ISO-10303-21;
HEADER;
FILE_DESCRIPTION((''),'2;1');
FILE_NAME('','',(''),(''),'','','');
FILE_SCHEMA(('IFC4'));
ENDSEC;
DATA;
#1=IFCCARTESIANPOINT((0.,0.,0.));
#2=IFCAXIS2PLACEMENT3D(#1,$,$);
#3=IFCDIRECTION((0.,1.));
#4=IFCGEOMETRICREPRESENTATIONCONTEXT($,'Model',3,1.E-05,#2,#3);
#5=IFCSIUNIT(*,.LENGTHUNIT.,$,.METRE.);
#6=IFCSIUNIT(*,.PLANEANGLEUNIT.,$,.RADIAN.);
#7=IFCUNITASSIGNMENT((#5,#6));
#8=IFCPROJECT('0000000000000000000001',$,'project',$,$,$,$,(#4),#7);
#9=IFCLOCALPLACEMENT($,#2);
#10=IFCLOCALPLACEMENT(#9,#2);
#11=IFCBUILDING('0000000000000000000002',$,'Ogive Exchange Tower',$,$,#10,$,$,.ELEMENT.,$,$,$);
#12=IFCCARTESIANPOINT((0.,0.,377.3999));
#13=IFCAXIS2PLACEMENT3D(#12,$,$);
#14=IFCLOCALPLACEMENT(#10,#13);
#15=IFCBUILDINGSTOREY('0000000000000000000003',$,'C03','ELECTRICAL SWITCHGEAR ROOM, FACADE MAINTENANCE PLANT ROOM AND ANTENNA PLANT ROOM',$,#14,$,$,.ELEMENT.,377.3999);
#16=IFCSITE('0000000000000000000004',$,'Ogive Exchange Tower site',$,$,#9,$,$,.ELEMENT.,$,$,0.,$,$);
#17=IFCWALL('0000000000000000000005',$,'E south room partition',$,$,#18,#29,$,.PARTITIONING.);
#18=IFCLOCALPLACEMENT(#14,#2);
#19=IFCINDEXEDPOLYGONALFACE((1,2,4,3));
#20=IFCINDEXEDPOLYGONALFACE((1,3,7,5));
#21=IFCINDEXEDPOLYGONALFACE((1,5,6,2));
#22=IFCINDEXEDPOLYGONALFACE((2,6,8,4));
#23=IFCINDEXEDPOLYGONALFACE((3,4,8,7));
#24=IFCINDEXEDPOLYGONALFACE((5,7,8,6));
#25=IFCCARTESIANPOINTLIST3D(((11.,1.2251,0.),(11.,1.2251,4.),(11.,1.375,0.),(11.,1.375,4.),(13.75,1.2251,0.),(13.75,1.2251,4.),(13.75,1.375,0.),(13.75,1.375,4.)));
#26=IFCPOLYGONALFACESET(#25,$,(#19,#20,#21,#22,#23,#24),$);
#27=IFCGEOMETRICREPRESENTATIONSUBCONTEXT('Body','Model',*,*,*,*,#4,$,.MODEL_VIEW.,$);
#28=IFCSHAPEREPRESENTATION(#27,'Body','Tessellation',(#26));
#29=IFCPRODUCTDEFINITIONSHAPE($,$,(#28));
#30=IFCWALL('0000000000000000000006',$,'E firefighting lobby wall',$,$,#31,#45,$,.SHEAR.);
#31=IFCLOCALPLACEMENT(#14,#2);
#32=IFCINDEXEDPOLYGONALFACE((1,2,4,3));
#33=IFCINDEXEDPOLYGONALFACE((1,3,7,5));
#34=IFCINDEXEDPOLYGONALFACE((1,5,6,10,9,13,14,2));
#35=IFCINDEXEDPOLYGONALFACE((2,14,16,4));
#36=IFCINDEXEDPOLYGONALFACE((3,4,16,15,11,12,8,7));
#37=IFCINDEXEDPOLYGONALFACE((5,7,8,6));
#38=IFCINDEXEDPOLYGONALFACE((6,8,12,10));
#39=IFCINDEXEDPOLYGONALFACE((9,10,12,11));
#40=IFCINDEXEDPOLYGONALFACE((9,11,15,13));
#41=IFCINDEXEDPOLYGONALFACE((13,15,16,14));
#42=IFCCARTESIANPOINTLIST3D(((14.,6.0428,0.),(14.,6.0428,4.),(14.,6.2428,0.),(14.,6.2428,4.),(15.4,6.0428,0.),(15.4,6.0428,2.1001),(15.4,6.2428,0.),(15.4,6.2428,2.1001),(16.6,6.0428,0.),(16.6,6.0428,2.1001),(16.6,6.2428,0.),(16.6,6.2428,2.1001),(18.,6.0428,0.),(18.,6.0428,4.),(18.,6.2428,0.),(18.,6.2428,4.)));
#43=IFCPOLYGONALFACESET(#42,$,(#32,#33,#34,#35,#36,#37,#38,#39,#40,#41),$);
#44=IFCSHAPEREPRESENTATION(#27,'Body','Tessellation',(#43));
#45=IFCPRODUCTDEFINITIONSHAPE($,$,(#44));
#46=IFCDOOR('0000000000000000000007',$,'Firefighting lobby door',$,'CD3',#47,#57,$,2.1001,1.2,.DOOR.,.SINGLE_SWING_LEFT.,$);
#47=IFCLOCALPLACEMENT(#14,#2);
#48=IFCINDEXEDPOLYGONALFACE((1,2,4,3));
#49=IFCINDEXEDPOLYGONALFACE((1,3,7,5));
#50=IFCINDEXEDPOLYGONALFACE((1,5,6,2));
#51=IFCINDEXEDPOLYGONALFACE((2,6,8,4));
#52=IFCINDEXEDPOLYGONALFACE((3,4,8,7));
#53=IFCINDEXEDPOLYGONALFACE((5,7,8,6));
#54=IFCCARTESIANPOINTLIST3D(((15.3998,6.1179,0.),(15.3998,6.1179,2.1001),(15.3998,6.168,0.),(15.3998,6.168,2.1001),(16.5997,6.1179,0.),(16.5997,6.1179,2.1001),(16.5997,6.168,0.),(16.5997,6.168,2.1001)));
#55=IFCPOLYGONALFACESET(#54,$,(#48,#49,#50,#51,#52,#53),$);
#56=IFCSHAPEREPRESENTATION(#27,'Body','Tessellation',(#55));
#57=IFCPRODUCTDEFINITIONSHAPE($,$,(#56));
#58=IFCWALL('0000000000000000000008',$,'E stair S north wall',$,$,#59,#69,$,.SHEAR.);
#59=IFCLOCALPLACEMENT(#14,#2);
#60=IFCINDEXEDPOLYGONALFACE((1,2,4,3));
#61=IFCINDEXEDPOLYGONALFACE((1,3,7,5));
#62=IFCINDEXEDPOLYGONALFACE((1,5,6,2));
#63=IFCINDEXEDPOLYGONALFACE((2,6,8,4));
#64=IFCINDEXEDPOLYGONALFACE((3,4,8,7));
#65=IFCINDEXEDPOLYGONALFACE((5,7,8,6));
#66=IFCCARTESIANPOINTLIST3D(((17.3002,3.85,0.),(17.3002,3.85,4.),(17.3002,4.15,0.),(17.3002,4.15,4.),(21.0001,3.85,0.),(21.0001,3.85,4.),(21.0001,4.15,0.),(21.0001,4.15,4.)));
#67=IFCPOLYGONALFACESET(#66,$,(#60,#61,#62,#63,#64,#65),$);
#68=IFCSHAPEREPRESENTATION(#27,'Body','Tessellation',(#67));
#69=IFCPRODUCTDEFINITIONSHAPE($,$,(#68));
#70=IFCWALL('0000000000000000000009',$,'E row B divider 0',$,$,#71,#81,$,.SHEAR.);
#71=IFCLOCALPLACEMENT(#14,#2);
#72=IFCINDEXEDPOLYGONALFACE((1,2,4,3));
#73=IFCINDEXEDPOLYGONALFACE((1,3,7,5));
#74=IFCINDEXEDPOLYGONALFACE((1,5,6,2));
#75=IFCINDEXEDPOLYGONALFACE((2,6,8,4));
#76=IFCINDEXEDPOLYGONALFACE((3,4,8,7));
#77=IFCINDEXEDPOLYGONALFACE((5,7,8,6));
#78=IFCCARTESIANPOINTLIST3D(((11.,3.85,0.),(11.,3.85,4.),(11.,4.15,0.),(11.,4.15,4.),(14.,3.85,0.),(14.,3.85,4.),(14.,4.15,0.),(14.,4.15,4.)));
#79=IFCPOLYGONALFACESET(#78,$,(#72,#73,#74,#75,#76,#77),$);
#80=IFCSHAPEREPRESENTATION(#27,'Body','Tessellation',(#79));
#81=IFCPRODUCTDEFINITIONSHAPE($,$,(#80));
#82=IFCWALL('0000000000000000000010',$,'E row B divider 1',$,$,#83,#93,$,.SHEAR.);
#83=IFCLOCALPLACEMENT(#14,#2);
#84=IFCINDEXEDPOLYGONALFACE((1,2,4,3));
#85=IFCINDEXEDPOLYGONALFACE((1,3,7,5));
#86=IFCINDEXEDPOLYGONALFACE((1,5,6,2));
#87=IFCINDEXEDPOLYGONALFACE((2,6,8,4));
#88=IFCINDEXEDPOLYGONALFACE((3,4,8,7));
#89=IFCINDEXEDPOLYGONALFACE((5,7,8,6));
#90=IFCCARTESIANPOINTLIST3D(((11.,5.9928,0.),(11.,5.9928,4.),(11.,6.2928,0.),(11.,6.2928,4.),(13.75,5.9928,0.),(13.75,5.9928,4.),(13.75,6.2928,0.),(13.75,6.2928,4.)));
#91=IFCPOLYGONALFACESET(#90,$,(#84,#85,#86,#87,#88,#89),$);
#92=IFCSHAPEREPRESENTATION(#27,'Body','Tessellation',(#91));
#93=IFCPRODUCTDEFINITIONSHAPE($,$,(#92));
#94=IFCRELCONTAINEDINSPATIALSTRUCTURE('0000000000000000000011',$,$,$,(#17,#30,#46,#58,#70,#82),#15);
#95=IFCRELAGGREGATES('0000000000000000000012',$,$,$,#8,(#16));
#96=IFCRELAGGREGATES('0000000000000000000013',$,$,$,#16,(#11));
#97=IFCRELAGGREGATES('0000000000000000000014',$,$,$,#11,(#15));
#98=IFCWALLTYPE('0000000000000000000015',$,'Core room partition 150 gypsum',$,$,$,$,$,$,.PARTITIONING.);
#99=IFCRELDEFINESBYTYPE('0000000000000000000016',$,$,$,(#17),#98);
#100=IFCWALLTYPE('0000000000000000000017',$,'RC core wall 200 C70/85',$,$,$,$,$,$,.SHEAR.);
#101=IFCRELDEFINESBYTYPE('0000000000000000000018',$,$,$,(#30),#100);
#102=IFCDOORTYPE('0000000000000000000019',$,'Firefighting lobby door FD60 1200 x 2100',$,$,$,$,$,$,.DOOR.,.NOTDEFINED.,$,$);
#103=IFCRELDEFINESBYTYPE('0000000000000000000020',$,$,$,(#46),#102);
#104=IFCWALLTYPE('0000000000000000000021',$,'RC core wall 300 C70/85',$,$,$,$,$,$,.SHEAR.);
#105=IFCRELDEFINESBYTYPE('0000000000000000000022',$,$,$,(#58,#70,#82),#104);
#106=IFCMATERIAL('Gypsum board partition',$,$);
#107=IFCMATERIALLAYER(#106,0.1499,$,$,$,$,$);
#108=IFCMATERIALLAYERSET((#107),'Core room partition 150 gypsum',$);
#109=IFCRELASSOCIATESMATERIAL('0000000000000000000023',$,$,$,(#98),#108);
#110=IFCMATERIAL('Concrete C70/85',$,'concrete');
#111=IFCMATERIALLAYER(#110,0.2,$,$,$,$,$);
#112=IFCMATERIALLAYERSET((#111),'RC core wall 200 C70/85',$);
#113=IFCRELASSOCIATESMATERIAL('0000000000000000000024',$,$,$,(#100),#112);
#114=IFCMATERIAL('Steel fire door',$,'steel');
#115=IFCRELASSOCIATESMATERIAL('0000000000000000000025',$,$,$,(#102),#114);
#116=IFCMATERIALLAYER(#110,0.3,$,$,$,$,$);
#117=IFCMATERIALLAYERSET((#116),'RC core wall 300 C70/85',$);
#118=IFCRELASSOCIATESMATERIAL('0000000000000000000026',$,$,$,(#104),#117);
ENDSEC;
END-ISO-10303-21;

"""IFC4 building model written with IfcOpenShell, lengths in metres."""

from ifc_helpers import new_model, si_unit, direction, frame, frame_2d, origin, place, context, subcontext, project, spatial, rectangle, extrude, material, layer, layer_set, type_object, element, fill, save


model = new_model("IFC4")

# Units and contexts
model_context = context("Model", 3, precision=1e-05, world=origin(), true_north=direction((0.0, 1.0)))
body_context = subcontext(model_context, "Body", "Model", "MODEL_VIEW")
ifc_project = project(units=[si_unit("LENGTHUNIT", "METRE"), si_unit("PLANEANGLEUNIT", "RADIAN")], contexts=[model_context])

# Site, building, storey
site_placement = place(None, origin())
site = spatial("IfcSite", under=ifc_project, at=site_placement, Name="Ogive Exchange Tower site", CompositionType="ELEMENT", RefElevation=0.0)
building_placement = place(site_placement, origin())
building = spatial("IfcBuilding", under=site, at=building_placement, Name="Ogive Exchange Tower", CompositionType="ELEMENT")
storey_placement = place(building_placement, frame((0.0, 0.0, 377.3999)))
storey = spatial("IfcBuildingStorey", under=building, at=storey_placement, Name="C03", Description="ELECTRICAL SWITCHGEAR ROOM, FACADE MAINTENANCE PLANT ROOM AND ANTENNA PLANT ROOM", CompositionType="ELEMENT", Elevation=377.3999)

# Shared definitions
ifc_material_1 = material(Name="Concrete C70/85", Category="concrete")

# Wall
ifc_material_2 = material(Name="Gypsum board partition")
ifc_layer_1 = layer(ifc_material_2, 0.1499)
ifc_layer_set_1 = layer_set([ifc_layer_1], Name="Core room partition 150 gypsum")
wall_type_1 = type_object("IfcWallType", Name="Core room partition 150 gypsum", PredefinedType="PARTITIONING", material=ifc_layer_set_1)
for number, where, z_axis, x_axis, name in (
    (1, (11.0, 1.3, 0.0), (0.0, 0.0, 1.0), (1.0, 0.0, 0.0), "E south room partition"),
):
    element("IfcWall", number, at=place(storey_placement, frame(where, z_axis=z_axis, x_axis=x_axis)), inside=storey, type_object=wall_type_1, Name=name, PredefinedType="PARTITIONING", context=body_context, shape_type="SweptSolid", body=[
        extrude(rectangle(XDim=2.75, YDim=0.1499, at=frame_2d((1.375, 0.0))), origin(), (0.0, 0.0, 1.0), 4.0),
    ])

# Wall, opening, door
ifc_layer_2 = layer(ifc_material_1, 0.2)
ifc_layer_set_2 = layer_set([ifc_layer_2], Name="RC core wall 200 C70/85")
wall_type_2 = type_object("IfcWallType", Name="RC core wall 200 C70/85", PredefinedType="SHEAR", material=ifc_layer_set_2)
wall_1_placement = place(storey_placement, frame((14.0, 6.1428, 0.0), z_axis=(0.0, 0.0, 1.0), x_axis=(1.0, 0.0, 0.0)))
wall_1 = element("IfcWall", 2, at=wall_1_placement, inside=storey, type_object=wall_type_2, Name="E firefighting lobby wall", PredefinedType="SHEAR", context=body_context, shape_type="SweptSolid", body=[
    extrude(rectangle(XDim=4.0, YDim=0.2, at=frame_2d((2.0, 0.0))), origin(), (0.0, 0.0, 1.0), 4.0),
])
opening_placement = place(wall_1_placement, frame((1.3999, 0.0, 0.0)))
opening = element("IfcOpeningElement", 3, at=opening_placement, cuts=wall_1, PredefinedType="OPENING", context=body_context, shape_type="SweptSolid", body=[
    extrude(rectangle(XDim=1.2, YDim=2.1001, at=frame_2d((0.6001, 1.05))), frame((0.0, 0.1099, 0.0), z_axis=(0.0, -1.0, 0.0), x_axis=(1.0, 0.0, 0.0)), (0.0, 0.0, 1.0), 0.22),
])
ifc_material_3 = material(Name="Steel fire door", Category="steel")
door_type = type_object("IfcDoorType", Name="Firefighting lobby door FD60 1200 x 2100", OperationType="NOTDEFINED", PredefinedType="DOOR", material=ifc_material_3)
door_placement = place(opening_placement, frame((1.2, 0.0, 0.0), z_axis=(0.0, 0.0, 1.0), x_axis=(-1.0, 0.0, 0.0)))
door = element("IfcDoor", 4, at=door_placement, inside=storey, type_object=door_type, Name="Firefighting lobby door", ObjectType="CD3", OperationType="SINGLE_SWING_LEFT", OverallHeight=2.1001, OverallWidth=1.2, PredefinedType="DOOR", context=body_context, shape_type="SweptSolid", body=[
    extrude(rectangle(XDim=1.2, YDim=2.1001, at=frame_2d((0.6001, 1.05))), frame((0.0, 0.0249, 0.0), z_axis=(0.0, -1.0, 0.0), x_axis=(1.0, 0.0, 0.0)), (0.0, 0.0, 1.0), 0.05),
])
fill(opening, door)

# Walls
ifc_layer_3 = layer(ifc_material_1, 0.3)
ifc_layer_set_3 = layer_set([ifc_layer_3], Name="RC core wall 300 C70/85")
wall_type_3 = type_object("IfcWallType", Name="RC core wall 300 C70/85", PredefinedType="SHEAR", material=ifc_layer_set_3)
wall_2_placement = place(storey_placement, frame((17.3, 4.0, 0.0), z_axis=(0.0, 0.0, 1.0), x_axis=(1.0, 0.0, 0.0)))
element("IfcWall", 5, at=wall_2_placement, inside=storey, type_object=wall_type_3, Name="E stair S north wall", PredefinedType="SHEAR", context=body_context, shape_type="SweptSolid", body=[
    extrude(rectangle(XDim=3.7, YDim=0.3, at=frame_2d((1.8501, 0.0))), origin(), (0.0, 0.0, 1.0), 4.0),
])
wall_3_placement = place(storey_placement, frame((11.0, 4.0, 0.0), z_axis=(0.0, 0.0, 1.0), x_axis=(1.0, 0.0, 0.0)))
element("IfcWall", 6, at=wall_3_placement, inside=storey, type_object=wall_type_3, Name="E row B divider 0", PredefinedType="SHEAR", context=body_context, shape_type="SweptSolid", body=[
    extrude(rectangle(XDim=3.0, YDim=0.3, at=frame_2d((1.5, 0.0))), origin(), (0.0, 0.0, 1.0), 4.0),
])
wall_4_placement = place(storey_placement, frame((11.0, 6.1428, 0.0), z_axis=(0.0, 0.0, 1.0), x_axis=(1.0, 0.0, 0.0)))
element("IfcWall", 7, at=wall_4_placement, inside=storey, type_object=wall_type_3, Name="E row B divider 1", PredefinedType="SHEAR", context=body_context, shape_type="SweptSolid", body=[
    extrude(rectangle(XDim=2.75, YDim=0.3, at=frame_2d((1.375, 0.0))), origin(), (0.0, 0.0, 1.0), 4.0),
])

save(model, "model.ifc")
